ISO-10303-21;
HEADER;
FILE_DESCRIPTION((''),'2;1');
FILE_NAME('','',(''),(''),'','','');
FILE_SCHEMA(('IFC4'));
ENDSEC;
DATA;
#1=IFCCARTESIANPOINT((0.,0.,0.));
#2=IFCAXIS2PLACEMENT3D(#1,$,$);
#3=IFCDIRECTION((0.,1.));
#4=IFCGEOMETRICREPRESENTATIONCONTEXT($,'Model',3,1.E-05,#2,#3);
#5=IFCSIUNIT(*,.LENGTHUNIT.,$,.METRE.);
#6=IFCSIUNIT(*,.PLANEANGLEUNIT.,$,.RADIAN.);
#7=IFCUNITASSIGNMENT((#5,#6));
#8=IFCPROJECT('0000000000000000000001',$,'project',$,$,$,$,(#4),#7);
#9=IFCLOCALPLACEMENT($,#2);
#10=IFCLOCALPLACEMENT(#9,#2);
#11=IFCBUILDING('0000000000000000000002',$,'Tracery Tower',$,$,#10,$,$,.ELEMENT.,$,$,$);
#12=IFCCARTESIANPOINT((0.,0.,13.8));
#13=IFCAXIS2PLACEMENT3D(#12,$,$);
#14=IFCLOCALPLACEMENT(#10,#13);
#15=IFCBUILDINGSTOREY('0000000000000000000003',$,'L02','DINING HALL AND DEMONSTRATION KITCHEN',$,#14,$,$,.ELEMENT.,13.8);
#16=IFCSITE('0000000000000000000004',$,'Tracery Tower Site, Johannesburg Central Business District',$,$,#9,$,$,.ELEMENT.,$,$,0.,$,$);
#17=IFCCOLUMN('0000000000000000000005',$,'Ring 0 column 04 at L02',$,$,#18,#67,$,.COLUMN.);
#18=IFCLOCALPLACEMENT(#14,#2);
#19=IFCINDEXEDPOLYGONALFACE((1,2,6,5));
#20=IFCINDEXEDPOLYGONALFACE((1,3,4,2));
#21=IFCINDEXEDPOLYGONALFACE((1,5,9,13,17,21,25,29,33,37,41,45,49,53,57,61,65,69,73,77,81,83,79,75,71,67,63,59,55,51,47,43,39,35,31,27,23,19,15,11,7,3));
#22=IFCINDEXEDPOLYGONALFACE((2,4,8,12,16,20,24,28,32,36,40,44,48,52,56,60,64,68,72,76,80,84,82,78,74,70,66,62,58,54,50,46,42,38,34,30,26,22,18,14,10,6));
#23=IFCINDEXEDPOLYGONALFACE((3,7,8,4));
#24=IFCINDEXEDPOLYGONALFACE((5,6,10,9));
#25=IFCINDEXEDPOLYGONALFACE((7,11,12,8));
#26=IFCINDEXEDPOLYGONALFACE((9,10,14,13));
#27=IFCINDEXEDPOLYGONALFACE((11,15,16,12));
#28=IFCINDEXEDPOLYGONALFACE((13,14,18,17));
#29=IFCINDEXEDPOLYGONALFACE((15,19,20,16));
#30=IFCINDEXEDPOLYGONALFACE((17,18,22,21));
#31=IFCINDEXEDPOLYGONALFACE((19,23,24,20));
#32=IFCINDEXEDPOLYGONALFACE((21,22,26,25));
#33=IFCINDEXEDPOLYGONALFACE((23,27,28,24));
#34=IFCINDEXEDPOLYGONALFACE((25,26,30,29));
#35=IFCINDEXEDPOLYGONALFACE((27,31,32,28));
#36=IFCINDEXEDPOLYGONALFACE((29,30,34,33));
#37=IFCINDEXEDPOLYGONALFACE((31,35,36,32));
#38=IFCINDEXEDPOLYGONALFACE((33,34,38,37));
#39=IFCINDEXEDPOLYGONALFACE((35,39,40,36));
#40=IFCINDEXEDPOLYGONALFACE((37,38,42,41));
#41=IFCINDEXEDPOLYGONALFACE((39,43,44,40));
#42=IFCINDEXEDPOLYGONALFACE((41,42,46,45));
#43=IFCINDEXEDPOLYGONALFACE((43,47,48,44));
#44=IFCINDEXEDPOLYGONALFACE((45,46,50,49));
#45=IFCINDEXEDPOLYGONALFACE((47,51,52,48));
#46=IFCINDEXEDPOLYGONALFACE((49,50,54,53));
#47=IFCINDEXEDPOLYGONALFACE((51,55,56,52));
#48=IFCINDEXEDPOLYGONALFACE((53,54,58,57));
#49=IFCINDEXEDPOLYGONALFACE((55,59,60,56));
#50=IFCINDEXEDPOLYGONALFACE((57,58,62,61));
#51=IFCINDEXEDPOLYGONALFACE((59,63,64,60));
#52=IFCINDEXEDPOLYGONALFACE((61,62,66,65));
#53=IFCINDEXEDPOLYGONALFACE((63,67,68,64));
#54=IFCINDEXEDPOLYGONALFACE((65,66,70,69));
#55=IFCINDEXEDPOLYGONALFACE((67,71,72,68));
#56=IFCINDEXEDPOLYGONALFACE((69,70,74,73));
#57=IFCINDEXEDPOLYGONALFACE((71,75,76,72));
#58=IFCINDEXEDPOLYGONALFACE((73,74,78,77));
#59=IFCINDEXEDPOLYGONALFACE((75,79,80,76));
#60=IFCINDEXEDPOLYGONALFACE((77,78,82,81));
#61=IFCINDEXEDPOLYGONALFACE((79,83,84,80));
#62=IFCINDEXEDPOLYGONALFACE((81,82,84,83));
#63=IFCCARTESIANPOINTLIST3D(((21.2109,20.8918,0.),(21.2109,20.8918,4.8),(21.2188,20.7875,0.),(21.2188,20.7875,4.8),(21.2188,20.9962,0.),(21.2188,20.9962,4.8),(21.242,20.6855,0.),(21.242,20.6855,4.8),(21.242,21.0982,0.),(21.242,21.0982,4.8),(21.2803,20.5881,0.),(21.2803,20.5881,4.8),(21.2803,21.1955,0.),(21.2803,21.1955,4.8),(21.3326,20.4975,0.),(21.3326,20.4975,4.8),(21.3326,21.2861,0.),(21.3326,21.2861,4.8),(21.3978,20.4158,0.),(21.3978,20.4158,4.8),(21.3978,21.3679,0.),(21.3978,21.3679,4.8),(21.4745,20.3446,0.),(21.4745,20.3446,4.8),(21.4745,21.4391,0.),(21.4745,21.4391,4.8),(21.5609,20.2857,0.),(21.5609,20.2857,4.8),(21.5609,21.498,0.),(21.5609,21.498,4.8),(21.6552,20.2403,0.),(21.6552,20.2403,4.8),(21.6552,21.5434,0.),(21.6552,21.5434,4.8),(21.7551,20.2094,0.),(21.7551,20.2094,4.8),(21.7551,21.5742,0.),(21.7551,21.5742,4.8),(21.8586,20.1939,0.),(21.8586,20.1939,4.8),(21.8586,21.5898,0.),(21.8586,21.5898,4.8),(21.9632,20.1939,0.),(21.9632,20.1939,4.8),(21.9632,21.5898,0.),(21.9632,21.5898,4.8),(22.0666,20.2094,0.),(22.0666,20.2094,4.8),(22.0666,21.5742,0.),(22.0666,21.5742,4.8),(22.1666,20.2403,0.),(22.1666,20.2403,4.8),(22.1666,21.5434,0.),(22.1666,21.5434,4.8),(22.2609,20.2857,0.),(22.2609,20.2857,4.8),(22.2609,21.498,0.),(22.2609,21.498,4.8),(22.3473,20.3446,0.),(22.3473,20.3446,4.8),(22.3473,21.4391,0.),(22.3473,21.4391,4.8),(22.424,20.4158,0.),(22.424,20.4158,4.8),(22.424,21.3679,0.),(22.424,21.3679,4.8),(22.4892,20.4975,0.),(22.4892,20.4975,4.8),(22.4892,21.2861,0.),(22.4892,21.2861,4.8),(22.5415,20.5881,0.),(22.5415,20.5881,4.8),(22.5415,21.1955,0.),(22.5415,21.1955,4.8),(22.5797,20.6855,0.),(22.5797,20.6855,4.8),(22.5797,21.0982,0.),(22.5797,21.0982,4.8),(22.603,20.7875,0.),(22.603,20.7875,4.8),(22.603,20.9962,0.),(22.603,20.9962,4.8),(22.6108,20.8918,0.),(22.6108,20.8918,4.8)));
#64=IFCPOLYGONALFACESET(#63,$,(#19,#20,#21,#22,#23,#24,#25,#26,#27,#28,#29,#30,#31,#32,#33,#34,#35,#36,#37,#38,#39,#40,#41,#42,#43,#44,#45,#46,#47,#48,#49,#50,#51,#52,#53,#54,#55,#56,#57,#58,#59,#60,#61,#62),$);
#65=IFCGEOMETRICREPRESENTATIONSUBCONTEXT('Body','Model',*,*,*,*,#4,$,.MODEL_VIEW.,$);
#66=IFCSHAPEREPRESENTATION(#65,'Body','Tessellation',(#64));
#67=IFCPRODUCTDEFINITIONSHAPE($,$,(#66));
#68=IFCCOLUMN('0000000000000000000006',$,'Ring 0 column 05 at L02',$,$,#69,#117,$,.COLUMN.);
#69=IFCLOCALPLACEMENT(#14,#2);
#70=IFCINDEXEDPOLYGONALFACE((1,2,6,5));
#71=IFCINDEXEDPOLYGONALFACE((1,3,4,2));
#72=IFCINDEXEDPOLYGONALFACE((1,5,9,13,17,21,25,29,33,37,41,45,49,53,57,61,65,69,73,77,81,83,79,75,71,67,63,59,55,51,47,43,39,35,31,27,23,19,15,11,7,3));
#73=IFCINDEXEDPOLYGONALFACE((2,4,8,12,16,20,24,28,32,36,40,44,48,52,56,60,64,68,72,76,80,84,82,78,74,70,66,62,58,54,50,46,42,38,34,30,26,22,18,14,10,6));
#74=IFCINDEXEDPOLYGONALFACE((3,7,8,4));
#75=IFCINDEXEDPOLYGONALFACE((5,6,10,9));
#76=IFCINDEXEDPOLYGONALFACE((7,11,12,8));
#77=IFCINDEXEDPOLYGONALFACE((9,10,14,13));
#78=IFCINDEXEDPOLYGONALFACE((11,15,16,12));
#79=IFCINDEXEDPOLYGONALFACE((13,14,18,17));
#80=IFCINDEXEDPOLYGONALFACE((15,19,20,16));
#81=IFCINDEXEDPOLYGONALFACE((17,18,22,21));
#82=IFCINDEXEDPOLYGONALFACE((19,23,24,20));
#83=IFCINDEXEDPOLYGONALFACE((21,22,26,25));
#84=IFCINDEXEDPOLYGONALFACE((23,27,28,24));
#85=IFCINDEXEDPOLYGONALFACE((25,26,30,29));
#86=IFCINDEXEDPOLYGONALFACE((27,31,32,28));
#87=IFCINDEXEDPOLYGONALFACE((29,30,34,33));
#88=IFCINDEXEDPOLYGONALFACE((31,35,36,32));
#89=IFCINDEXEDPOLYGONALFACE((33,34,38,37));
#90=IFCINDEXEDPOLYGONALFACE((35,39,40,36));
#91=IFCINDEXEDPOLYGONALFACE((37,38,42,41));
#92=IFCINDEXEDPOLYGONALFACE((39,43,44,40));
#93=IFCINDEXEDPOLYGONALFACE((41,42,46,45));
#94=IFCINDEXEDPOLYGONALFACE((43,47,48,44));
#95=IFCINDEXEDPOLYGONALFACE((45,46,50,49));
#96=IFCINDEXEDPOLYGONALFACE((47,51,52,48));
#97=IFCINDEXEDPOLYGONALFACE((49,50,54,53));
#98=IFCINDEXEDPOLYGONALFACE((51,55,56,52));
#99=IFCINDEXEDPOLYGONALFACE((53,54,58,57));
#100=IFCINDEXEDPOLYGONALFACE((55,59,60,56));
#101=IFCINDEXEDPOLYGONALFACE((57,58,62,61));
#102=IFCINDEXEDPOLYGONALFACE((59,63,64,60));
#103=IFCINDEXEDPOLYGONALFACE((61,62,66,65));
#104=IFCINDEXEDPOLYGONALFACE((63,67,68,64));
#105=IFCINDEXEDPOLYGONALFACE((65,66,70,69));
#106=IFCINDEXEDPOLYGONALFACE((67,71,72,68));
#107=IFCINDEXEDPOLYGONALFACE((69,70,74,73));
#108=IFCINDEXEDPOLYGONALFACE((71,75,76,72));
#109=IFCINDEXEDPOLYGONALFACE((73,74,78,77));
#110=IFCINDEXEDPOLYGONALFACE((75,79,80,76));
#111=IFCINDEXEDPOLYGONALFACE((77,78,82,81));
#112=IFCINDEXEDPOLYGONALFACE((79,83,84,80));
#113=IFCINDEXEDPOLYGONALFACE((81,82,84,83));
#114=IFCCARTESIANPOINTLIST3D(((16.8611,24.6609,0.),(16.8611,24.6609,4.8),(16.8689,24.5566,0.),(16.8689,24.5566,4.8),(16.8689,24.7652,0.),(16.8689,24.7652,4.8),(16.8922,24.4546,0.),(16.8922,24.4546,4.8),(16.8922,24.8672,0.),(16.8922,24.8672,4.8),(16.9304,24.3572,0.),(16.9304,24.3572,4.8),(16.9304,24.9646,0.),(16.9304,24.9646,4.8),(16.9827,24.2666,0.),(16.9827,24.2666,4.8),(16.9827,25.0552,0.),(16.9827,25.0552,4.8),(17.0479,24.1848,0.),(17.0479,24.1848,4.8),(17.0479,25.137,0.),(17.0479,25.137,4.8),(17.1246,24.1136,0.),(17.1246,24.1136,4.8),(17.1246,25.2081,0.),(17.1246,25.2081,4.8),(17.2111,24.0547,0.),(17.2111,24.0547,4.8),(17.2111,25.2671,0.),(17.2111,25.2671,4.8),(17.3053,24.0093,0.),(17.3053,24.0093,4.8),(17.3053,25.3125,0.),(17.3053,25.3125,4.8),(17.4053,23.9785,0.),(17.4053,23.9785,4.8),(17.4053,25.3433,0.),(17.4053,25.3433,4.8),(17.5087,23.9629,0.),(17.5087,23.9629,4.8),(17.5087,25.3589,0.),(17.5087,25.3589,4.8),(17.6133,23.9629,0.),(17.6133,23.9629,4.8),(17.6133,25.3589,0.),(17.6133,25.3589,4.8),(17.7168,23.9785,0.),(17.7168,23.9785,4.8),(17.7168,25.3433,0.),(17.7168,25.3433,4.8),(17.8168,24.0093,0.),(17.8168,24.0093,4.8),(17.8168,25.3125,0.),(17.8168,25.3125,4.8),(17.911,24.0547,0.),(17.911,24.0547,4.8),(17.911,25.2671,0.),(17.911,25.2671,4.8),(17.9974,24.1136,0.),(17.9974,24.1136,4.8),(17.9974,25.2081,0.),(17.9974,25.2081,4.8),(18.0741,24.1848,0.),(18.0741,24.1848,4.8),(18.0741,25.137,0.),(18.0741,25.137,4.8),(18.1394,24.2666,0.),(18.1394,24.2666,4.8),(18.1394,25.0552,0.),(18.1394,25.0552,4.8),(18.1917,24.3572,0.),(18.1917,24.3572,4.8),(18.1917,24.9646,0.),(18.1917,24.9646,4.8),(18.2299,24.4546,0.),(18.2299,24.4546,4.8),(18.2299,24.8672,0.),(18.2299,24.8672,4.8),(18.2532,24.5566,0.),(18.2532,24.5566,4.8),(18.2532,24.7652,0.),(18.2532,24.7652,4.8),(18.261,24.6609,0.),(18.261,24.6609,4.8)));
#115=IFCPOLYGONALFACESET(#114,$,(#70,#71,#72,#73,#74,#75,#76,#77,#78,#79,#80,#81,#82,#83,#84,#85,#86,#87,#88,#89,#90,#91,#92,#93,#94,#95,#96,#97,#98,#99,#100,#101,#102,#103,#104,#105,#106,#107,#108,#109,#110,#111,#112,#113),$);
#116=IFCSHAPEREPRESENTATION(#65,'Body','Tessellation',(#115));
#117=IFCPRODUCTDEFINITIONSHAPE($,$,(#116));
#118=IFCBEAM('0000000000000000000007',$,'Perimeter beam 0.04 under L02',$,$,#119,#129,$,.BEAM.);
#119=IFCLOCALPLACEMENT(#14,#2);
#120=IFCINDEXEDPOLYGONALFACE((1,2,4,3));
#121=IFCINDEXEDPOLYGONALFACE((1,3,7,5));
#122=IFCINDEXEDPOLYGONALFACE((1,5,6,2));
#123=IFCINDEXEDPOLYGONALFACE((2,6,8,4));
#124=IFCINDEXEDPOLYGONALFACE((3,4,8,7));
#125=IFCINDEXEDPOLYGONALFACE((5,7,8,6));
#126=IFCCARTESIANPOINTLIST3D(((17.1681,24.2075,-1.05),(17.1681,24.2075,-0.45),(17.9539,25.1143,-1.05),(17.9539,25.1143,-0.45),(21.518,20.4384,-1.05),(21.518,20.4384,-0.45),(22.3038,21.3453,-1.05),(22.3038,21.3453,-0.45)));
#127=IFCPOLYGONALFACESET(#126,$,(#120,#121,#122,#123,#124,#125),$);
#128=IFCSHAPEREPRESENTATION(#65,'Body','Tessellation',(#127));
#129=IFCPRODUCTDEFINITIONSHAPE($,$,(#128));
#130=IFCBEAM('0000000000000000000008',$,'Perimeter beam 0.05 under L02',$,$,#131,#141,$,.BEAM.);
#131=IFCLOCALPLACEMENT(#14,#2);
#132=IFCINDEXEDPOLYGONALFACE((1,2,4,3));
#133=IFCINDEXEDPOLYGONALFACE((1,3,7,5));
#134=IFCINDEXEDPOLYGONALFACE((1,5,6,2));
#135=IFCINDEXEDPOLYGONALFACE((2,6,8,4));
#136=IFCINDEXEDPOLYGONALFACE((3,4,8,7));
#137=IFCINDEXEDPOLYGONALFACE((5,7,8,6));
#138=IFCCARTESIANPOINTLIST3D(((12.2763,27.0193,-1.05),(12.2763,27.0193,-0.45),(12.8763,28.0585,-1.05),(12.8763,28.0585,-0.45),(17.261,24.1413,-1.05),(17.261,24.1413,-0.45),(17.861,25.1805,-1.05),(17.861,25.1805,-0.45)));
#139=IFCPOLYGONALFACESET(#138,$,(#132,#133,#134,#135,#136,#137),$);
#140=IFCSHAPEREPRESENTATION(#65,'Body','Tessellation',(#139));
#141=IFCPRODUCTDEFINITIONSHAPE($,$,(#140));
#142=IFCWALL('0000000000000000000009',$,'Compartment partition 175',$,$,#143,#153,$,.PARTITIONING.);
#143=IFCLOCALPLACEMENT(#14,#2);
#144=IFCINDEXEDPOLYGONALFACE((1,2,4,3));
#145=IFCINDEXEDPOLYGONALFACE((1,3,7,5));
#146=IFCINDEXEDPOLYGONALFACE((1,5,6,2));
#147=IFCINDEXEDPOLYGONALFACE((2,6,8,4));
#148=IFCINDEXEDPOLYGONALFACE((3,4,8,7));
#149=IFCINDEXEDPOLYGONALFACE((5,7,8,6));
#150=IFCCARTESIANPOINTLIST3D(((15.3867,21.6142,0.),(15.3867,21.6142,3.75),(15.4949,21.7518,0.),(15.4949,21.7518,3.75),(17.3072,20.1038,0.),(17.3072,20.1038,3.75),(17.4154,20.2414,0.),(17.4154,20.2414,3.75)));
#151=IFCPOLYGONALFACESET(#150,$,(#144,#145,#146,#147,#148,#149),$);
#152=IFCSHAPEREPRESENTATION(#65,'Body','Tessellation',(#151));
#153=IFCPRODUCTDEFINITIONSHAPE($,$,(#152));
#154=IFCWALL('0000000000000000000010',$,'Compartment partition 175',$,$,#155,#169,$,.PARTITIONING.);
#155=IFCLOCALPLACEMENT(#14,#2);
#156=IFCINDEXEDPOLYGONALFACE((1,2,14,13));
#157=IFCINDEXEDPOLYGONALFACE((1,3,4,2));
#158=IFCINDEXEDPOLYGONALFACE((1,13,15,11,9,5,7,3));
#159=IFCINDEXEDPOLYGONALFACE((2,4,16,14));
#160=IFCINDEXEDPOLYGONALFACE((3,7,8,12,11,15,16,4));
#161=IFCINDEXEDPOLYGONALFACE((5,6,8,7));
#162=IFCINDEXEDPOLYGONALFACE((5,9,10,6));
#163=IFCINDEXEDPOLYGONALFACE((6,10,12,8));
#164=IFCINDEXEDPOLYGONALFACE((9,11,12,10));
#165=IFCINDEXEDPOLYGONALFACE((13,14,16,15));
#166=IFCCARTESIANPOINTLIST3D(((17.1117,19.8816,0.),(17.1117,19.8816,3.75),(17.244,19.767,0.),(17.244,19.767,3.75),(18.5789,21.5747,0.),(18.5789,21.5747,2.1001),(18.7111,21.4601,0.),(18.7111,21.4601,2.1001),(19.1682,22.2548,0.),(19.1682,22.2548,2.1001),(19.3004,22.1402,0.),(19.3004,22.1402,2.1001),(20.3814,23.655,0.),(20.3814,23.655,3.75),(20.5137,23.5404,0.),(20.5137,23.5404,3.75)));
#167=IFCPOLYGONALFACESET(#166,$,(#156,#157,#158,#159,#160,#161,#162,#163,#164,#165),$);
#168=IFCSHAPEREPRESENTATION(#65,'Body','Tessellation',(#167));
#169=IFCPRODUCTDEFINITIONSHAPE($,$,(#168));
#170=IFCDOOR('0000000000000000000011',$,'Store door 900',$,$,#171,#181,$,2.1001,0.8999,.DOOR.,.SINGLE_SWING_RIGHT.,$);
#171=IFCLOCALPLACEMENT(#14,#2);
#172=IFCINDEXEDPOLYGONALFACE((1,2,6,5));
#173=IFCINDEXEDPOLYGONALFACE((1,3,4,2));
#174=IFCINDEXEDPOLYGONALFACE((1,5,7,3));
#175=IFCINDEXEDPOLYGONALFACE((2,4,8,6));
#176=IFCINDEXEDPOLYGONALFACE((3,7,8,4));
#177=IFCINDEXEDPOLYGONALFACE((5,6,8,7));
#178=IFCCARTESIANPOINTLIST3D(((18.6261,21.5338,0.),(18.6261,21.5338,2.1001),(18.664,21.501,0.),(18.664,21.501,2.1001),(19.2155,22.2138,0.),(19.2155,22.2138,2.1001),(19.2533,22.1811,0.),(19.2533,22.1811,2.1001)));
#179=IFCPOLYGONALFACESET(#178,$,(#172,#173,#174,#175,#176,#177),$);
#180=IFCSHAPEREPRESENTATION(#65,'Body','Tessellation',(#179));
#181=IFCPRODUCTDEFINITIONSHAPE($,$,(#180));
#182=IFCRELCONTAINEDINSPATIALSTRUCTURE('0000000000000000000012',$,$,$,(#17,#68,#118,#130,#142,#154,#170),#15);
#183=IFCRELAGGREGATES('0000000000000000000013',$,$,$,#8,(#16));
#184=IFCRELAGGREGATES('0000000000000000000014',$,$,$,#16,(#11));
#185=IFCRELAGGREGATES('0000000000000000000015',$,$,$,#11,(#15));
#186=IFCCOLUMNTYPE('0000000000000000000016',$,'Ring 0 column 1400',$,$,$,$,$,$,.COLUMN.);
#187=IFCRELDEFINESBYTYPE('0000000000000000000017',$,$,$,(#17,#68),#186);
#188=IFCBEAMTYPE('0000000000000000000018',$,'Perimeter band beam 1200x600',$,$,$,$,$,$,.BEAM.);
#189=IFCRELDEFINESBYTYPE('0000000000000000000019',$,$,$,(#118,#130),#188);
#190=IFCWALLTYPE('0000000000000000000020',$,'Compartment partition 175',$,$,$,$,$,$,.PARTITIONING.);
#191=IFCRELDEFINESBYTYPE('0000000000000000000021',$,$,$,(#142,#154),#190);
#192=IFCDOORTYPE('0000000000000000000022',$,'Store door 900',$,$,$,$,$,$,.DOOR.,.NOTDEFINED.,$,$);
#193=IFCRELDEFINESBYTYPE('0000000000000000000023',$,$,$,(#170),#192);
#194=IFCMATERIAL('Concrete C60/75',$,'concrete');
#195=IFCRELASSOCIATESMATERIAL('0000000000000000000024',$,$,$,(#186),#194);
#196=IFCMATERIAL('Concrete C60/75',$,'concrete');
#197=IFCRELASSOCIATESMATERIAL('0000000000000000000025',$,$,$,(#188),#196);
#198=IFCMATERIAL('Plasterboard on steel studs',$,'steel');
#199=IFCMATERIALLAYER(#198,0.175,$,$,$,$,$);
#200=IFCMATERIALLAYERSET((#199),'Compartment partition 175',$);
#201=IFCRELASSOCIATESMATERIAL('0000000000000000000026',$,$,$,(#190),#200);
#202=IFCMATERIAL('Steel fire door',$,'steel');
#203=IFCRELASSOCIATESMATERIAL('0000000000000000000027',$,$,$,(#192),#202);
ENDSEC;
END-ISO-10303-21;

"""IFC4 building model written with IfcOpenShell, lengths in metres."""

from ifc_helpers import new_model, si_unit, direction, frame, frame_2d, origin, origin_2d, place, context, subcontext, project, spatial, rectangle, circle, extrude, material, layer, layer_set, material_profile, profile_set, type_object, element, fill, save


model = new_model("IFC4")

# Units and contexts
model_context = context("Model", 3, precision=1e-05, world=origin(), true_north=direction((0.0, 1.0)))
body_context = subcontext(model_context, "Body", "Model", "MODEL_VIEW")
ifc_project = project(units=[si_unit("LENGTHUNIT", "METRE"), si_unit("PLANEANGLEUNIT", "RADIAN")], contexts=[model_context])

# Site, building, storey
site_placement = place(None, origin())
site = spatial("IfcSite", under=ifc_project, at=site_placement, Name="Tracery Tower Site, Johannesburg Central Business District", CompositionType="ELEMENT", RefElevation=0.0)
building_placement = place(site_placement, origin())
building = spatial("IfcBuilding", under=site, at=building_placement, Name="Tracery Tower", CompositionType="ELEMENT")
storey_placement = place(building_placement, frame((0.0, 0.0, 13.8)))
storey = spatial("IfcBuildingStorey", under=building, at=storey_placement, Name="L02", Description="DINING HALL AND DEMONSTRATION KITCHEN", CompositionType="ELEMENT", Elevation=13.8)

# Columns
ifc_material_1 = material(Name="Concrete C60/75", Category="concrete")
ifc_material_profile_1 = material_profile(ifc_material_1, circle(Radius=0.7, at=origin_2d()), Name="RC D1400")
ifc_profile_set_1 = profile_set([ifc_material_profile_1], Name="Concrete C60/75")
column_type = type_object("IfcColumnType", Name="Ring 0 column 1400", PredefinedType="COLUMN", material=ifc_profile_set_1)
for number, where, z_axis, x_axis, name in (
    (1, (21.9109, 20.8918, 0.0), (0.0, 0.0, 1.0), (1.0, 0.0, 0.0), "Ring 0 column 04 at L02"),
    (2, (17.561, 24.6609, 0.0), (0.0, 0.0, 1.0), (1.0, 0.0, 0.0), "Ring 0 column 05 at L02"),
):
    element("IfcColumn", number, at=place(storey_placement, frame(where, z_axis=z_axis, x_axis=x_axis)), inside=storey, type_object=column_type, Name=name, PredefinedType="COLUMN", context=body_context, shape_type="SweptSolid", body=[
        extrude(circle(Radius=0.7, at=origin_2d()), origin(), (0.0, 0.0, 1.0), 4.8),
    ])

# Beams
ifc_material_2 = material(Name="Concrete C60/75", Category="concrete")
ifc_material_profile_2 = material_profile(ifc_material_2, rectangle(XDim=1.2, YDim=0.6001, at=origin_2d()), Name="RC 1200x600")
ifc_profile_set_2 = profile_set([ifc_material_profile_2], Name="Concrete C60/75")
beam_type = type_object("IfcBeamType", Name="Perimeter band beam 1200x600", PredefinedType="BEAM", material=ifc_profile_set_2)
beam_1_placement = place(storey_placement, frame((21.9109, 20.8918, -0.75), z_axis=(-0.75576, 0.654848, 0.0), x_axis=(-0.654848, -0.75576, 0.0)))
element("IfcBeam", 3, at=beam_1_placement, inside=storey, type_object=beam_type, Name="Perimeter beam 0.04 under L02", PredefinedType="BEAM", context=body_context, shape_type="SweptSolid", body=[
    extrude(rectangle(XDim=1.2, YDim=0.6001, at=origin_2d()), origin(), (0.0, 0.0, 1.0), 5.7556),
])
beam_2_placement = place(storey_placement, frame((17.561, 24.6609, -0.75), z_axis=(-0.866021, 0.500008, 0.0), x_axis=(-0.500008, -0.866021, 0.0)))
element("IfcBeam", 4, at=beam_2_placement, inside=storey, type_object=beam_type, Name="Perimeter beam 0.05 under L02", PredefinedType="BEAM", context=body_context, shape_type="SweptSolid", body=[
    extrude(rectangle(XDim=1.2, YDim=0.6001, at=origin_2d()), origin(), (0.0, 0.0, 1.0), 5.7559),
])

# Wall
ifc_material_3 = material(Name="Plasterboard on steel studs", Category="steel")
ifc_layer_1 = layer(ifc_material_3, 0.175)
ifc_layer_set_1 = layer_set([ifc_layer_1], Name="Compartment partition 175")
wall_type_1 = type_object("IfcWallType", Name="Compartment partition 175", PredefinedType="PARTITIONING", material=ifc_layer_set_1)
wall_1_placement = place(storey_placement, frame((17.3613, 20.1726, 0.0), z_axis=(0.0, 0.0, 1.0), x_axis=(-0.786037, 0.618179, 0.0)))
element("IfcWall", 5, at=wall_1_placement, inside=storey, type_object=wall_type_1, Name="Compartment partition 175", PredefinedType="PARTITIONING", context=body_context, shape_type="SweptSolid", body=[
    extrude(rectangle(XDim=2.4434, YDim=0.175, at=frame_2d((1.2217, 0.0))), origin(), (0.0, 0.0, 1.0), 3.75),
])

# Wall, opening, door
ifc_material_4 = material(Name="Steel fire door", Category="steel")
door_type = type_object("IfcDoorType", Name="Store door 900", OperationType="NOTDEFINED", PredefinedType="DOOR", material=ifc_material_4)
wall_2_placement = place(storey_placement, frame((17.1777, 19.8242, 0.0), z_axis=(0.0, 0.0, 1.0), x_axis=(0.654869, 0.755742, 0.0)))
wall_2 = element("IfcWall", 6, at=wall_2_placement, inside=storey, type_object=wall_type_1, Name="Compartment partition 175", PredefinedType="PARTITIONING", context=body_context, shape_type="SweptSolid", body=[
    extrude(rectangle(XDim=4.9929, YDim=0.175, at=frame_2d((2.4966, 0.0))), origin(), (0.0, 0.0, 1.0), 3.75),
])
opening_1_placement = place(wall_2_placement, frame((2.2405, 0.0, 0.0)))
opening_1 = element("IfcOpeningElement", 7, at=opening_1_placement, cuts=wall_2, PredefinedType="OPENING", context=body_context, shape_type="SweptSolid", body=[
    extrude(rectangle(XDim=0.8999, YDim=2.1001, at=frame_2d((0.45, 1.05))), frame((0.0, 0.0874, 0.0), z_axis=(0.0, -1.0, 0.0), x_axis=(1.0, 0.0, 0.0)), (0.0, 0.0, 1.0), 0.175),
])
door_1_placement = place(opening_1_placement, origin())
door_1 = element("IfcDoor", 8, at=door_1_placement, inside=storey, type_object=door_type, Name="Store door 900", OperationType="SINGLE_SWING_RIGHT", OverallHeight=2.1001, OverallWidth=0.8999, PredefinedType="DOOR", context=body_context, shape_type="SweptSolid", body=[
    extrude(rectangle(XDim=0.8999, YDim=2.1001, at=frame_2d((0.45, 1.05))), frame((0.0, 0.0249, 0.0), z_axis=(0.0, -1.0, 0.0), x_axis=(1.0, 0.0, 0.0)), (0.0, 0.0, 1.0), 0.05),
])
fill(opening_1, door_1)

save(model, "model.ifc")
